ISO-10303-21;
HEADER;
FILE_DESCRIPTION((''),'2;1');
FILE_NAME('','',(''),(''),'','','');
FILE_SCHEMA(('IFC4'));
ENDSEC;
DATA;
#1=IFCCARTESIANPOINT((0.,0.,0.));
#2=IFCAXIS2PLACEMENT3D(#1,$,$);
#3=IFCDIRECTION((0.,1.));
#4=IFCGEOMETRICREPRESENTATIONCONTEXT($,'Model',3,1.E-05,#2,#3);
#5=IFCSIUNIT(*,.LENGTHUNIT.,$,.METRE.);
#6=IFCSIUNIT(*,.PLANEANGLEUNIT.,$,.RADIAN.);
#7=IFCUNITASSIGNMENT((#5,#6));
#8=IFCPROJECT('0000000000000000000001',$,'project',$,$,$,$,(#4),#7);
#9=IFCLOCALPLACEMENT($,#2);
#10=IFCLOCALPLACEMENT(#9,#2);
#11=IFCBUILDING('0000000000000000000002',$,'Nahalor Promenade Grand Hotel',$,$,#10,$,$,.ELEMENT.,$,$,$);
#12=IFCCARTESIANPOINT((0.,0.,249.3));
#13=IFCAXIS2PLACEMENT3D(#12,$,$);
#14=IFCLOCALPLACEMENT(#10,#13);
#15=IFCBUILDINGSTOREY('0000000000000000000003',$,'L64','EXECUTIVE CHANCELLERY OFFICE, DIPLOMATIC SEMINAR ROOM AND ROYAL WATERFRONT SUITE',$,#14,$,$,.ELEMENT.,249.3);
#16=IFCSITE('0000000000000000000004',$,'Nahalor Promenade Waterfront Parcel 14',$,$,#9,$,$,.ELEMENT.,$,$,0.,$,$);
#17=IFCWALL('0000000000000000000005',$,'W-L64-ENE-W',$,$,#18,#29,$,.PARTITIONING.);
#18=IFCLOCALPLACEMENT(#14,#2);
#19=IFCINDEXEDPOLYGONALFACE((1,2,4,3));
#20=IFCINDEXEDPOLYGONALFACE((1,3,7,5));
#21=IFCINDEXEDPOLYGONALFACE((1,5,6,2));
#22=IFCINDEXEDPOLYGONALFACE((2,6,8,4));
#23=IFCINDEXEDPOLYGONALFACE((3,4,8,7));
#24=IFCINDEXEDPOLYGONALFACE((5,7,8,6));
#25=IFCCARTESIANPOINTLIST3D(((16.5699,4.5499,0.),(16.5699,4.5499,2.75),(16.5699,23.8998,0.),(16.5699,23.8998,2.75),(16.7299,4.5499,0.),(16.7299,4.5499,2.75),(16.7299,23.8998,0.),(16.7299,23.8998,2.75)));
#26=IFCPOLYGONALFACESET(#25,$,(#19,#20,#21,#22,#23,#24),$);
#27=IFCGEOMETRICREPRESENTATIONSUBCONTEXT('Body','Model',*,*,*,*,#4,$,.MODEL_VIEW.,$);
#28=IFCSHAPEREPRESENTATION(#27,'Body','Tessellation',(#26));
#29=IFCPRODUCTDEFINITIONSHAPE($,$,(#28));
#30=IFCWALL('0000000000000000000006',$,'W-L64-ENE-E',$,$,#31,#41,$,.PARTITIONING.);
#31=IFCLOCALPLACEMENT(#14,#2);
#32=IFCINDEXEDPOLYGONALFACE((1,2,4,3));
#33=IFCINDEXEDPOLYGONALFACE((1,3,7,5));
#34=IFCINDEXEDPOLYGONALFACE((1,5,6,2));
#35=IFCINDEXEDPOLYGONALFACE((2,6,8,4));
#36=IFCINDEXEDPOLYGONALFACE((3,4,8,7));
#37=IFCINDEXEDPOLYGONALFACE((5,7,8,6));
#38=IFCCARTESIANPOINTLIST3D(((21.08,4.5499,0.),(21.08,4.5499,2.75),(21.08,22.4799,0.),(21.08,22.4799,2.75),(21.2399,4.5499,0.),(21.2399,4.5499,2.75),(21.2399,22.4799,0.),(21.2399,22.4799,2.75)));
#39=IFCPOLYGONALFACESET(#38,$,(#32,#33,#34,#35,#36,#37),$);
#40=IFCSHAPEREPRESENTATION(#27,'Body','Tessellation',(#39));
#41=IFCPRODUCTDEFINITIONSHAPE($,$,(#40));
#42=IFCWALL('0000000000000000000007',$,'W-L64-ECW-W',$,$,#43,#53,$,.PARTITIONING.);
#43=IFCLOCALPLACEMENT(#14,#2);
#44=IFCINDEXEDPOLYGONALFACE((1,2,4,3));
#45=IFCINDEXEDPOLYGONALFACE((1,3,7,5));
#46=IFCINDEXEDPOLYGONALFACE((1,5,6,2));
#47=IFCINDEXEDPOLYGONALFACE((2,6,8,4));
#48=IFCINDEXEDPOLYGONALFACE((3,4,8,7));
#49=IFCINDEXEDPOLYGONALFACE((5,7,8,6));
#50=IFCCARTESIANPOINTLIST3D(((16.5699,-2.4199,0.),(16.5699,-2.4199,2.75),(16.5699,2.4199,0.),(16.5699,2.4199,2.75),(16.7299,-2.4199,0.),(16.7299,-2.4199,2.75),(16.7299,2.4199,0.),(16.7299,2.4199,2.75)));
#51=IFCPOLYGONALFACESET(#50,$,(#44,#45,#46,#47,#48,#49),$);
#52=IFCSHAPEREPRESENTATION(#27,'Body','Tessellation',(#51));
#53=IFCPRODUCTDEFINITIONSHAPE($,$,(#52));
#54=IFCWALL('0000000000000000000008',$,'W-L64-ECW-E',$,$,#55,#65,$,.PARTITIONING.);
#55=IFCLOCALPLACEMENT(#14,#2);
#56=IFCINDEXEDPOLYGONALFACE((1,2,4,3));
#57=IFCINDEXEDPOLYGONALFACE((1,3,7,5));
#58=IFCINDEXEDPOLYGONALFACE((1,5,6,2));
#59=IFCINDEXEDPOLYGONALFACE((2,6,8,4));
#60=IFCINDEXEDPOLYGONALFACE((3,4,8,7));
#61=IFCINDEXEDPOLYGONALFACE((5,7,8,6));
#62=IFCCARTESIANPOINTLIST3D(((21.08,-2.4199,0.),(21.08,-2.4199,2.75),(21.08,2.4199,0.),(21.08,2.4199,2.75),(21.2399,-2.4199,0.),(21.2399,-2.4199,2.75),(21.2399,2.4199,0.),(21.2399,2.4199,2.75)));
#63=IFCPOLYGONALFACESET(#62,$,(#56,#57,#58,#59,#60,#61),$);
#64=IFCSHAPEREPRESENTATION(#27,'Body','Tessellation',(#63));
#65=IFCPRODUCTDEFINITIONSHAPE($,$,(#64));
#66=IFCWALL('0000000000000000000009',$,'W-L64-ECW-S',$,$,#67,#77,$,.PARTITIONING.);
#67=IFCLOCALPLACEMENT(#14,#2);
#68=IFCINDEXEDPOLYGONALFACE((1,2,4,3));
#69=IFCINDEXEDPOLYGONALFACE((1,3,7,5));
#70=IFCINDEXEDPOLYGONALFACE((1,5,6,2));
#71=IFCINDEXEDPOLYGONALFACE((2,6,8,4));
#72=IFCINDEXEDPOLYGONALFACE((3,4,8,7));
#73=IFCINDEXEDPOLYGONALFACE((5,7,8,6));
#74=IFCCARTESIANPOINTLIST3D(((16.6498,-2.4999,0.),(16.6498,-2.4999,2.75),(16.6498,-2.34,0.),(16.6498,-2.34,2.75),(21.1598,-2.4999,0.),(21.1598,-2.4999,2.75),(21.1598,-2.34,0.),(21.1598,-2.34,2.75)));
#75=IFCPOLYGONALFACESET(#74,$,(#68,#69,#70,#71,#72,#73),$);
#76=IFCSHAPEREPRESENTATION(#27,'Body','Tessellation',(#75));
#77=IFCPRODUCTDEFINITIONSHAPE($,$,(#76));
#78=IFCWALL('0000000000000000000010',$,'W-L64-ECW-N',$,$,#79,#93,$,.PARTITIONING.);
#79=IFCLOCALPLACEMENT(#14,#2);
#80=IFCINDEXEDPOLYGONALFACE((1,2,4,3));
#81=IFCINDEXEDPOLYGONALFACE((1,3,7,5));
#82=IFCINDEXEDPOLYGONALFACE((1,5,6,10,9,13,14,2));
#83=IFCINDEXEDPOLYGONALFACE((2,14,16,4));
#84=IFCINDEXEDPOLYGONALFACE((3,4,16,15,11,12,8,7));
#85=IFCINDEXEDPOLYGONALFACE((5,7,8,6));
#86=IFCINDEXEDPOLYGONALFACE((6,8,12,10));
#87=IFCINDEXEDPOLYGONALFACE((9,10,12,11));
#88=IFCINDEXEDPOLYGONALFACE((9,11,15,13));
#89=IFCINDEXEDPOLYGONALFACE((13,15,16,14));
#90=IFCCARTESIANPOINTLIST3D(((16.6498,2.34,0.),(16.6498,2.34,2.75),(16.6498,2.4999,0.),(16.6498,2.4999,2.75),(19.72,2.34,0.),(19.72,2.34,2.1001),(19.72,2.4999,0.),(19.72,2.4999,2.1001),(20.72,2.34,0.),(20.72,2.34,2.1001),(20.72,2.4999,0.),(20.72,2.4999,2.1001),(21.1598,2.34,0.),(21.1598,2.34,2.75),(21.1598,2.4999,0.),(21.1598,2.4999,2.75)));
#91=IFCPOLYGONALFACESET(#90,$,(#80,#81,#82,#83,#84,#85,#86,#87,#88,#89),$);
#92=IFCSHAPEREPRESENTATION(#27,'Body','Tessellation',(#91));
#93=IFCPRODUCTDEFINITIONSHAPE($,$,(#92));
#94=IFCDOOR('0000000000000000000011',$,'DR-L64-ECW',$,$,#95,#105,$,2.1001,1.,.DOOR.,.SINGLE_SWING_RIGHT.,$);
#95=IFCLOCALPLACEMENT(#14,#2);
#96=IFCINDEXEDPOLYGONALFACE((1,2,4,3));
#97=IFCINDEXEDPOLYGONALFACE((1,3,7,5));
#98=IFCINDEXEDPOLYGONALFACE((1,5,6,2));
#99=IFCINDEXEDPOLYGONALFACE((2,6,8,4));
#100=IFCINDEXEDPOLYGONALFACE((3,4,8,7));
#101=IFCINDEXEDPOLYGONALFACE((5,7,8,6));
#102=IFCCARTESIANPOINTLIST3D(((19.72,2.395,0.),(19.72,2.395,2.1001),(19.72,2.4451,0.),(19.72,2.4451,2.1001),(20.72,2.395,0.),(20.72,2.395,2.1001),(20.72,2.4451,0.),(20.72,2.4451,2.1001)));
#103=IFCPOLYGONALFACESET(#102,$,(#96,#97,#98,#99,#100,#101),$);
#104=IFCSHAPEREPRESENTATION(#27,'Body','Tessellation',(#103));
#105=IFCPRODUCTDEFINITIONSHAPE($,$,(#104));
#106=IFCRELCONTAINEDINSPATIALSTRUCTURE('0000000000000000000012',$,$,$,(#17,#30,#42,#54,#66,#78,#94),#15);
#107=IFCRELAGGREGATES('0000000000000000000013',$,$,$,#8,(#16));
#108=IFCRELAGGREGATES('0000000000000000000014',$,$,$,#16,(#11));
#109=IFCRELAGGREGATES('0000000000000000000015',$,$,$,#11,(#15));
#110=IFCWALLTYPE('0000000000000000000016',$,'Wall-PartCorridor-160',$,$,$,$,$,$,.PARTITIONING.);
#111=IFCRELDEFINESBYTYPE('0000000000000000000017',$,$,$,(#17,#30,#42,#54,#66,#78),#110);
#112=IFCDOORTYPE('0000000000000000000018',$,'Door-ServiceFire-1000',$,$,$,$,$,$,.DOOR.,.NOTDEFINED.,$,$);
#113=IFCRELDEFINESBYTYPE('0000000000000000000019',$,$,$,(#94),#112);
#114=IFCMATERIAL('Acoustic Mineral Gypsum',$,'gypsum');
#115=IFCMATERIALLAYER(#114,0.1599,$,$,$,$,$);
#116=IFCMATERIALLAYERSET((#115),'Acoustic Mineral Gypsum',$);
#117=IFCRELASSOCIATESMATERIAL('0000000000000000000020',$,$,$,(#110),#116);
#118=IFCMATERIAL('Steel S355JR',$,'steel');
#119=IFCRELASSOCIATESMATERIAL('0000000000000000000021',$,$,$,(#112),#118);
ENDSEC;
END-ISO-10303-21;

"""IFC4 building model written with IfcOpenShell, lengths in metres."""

from ifc_helpers import new_model, si_unit, direction, frame, frame_2d, origin, place, context, subcontext, project, spatial, rectangle, extrude, source, transform, mapped, material, layer, layer_set, type_object, element, fill, save


model = new_model("IFC4")

# Units and contexts
model_context = context("Model", 3, precision=1e-05, world=origin(), true_north=direction((0.0, 1.0)))
body_context = subcontext(model_context, "Body", "Model", "MODEL_VIEW")
ifc_project = project(units=[si_unit("LENGTHUNIT", "METRE"), si_unit("PLANEANGLEUNIT", "RADIAN")], contexts=[model_context])

# Site, building, storey
site_placement = place(None, origin())
site = spatial("IfcSite", under=ifc_project, at=site_placement, Name="Nahalor Promenade Waterfront Parcel 14", CompositionType="ELEMENT", RefElevation=0.0)
building_placement = place(site_placement, origin())
building = spatial("IfcBuilding", under=site, at=building_placement, Name="Nahalor Promenade Grand Hotel", CompositionType="ELEMENT")
storey_placement = place(building_placement, frame((0.0, 0.0, 249.3)))
storey = spatial("IfcBuildingStorey", under=building, at=storey_placement, Name="L64", Description="EXECUTIVE CHANCELLERY OFFICE, DIPLOMATIC SEMINAR ROOM AND ROYAL WATERFRONT SUITE", CompositionType="ELEMENT", Elevation=249.3)

# Shared definitions
ifc_material_1 = material(Name="Steel S355JR", Category="steel")

# Walls
ifc_material_2 = material(Name="Acoustic Mineral Gypsum", Category="gypsum")
ifc_layer_1 = layer(ifc_material_2, 0.1599)
ifc_layer_set_1 = layer_set([ifc_layer_1], Name="Acoustic Mineral Gypsum")
wall_type = type_object("IfcWallType", Name="Wall-PartCorridor-160", PredefinedType="PARTITIONING", material=ifc_layer_set_1)
shared_shape_1 = source(origin(), body_context, "Body", "SweptSolid", [
    extrude(rectangle(XDim=19.3499, YDim=0.1599, at=frame_2d((9.6748, 0.0))), origin(), (0.0, 0.0, 1.0), 2.75),
])
wall_1_placement = place(storey_placement, frame((16.6499, 4.55, 0.0), z_axis=(0.0, 0.0, 1.0), x_axis=(0.0, 1.0, 0.0)))
element("IfcWall", 1, at=wall_1_placement, inside=storey, type_object=wall_type, Name="W-L64-ENE-W", PredefinedType="PARTITIONING", context=body_context, shape_type="MappedRepresentation", body=[
    mapped(shared_shape_1, transform((0.0, 0.0, 0.0), scale=1.0)),
])
shared_shape_2 = source(origin(), body_context, "Body", "SweptSolid", [
    extrude(rectangle(XDim=17.9299, YDim=0.1599, at=frame_2d((8.9648, 0.0))), origin(), (0.0, 0.0, 1.0), 2.75),
])
wall_2_placement = place(storey_placement, frame((21.1599, 4.55, 0.0), z_axis=(0.0, 0.0, 1.0), x_axis=(0.0, 1.0, 0.0)))
element("IfcWall", 2, at=wall_2_placement, inside=storey, type_object=wall_type, Name="W-L64-ENE-E", PredefinedType="PARTITIONING", context=body_context, shape_type="MappedRepresentation", body=[
    mapped(shared_shape_2, transform((0.0, 0.0, 0.0), scale=1.0)),
])
shared_shape_3 = source(origin(), body_context, "Body", "SweptSolid", [
    extrude(rectangle(XDim=4.8398, YDim=0.1599, at=frame_2d((2.4199, 0.0))), origin(), (0.0, 0.0, 1.0), 2.75),
])
for number, where, z_axis, x_axis, name in (
    (3, (16.6499, -2.4199, 0.0), (0.0, 0.0, 1.0), (0.0, 1.0, 0.0), "W-L64-ECW-W"),
    (4, (21.1599, -2.4199, 0.0), (0.0, 0.0, 1.0), (0.0, 1.0, 0.0), "W-L64-ECW-E"),
):
    element("IfcWall", number, at=place(storey_placement, frame(where, z_axis=z_axis, x_axis=x_axis)), inside=storey, type_object=wall_type, Name=name, PredefinedType="PARTITIONING", context=body_context, shape_type="MappedRepresentation", body=[
        mapped(shared_shape_3, transform((0.0, 0.0, 0.0), scale=1.0)),
    ])

# Shared definitions
shared_shape_4 = source(origin(), body_context, "Body", "SweptSolid", [
    extrude(rectangle(XDim=4.51, YDim=0.1599, at=frame_2d((2.2549, 0.0))), origin(), (0.0, 0.0, 1.0), 2.75),
])

# Wall
wall_3_placement = place(storey_placement, frame((16.6499, -2.4199, 0.0), z_axis=(0.0, 0.0, 1.0), x_axis=(1.0, 0.0, 0.0)))
element("IfcWall", 5, at=wall_3_placement, inside=storey, type_object=wall_type, Name="W-L64-ECW-S", PredefinedType="PARTITIONING", context=body_context, shape_type="MappedRepresentation", body=[
    mapped(shared_shape_4, transform((0.0, 0.0, 0.0), scale=1.0)),
])

# Wall, opening, door
wall_4_placement = place(storey_placement, frame((16.6499, 2.4199, 0.0), z_axis=(0.0, 0.0, 1.0), x_axis=(1.0, 0.0, 0.0)))
wall_4 = element("IfcWall", 6, at=wall_4_placement, inside=storey, type_object=wall_type, Name="W-L64-ECW-N", PredefinedType="PARTITIONING", context=body_context, shape_type="MappedRepresentation", body=[
    mapped(shared_shape_4, transform((0.0, 0.0, 0.0), scale=1.0)),
])
opening_1_placement = place(wall_4_placement, frame((3.0701, 0.0, 0.0)))
opening_1 = element("IfcOpeningElement", 7, at=opening_1_placement, cuts=wall_4, PredefinedType="OPENING", context=body_context, shape_type="SweptSolid", body=[
    extrude(rectangle(XDim=1.0, YDim=2.1001, at=frame_2d((0.5, 1.05))), frame((0.0, 0.0898, 0.0), z_axis=(0.0, -1.0, 0.0), x_axis=(1.0, 0.0, 0.0)), (0.0, 0.0, 1.0), 0.1799),
])
door_type_1 = type_object("IfcDoorType", Name="Door-ServiceFire-1000", OperationType="NOTDEFINED", PredefinedType="DOOR", material=ifc_material_1)
shared_shape_5 = source(origin(), body_context, "Body", "SweptSolid", [
    extrude(rectangle(XDim=1.0, YDim=2.1001, at=frame_2d((0.5, 1.05))), frame((0.0, 0.0249, 0.0), z_axis=(0.0, -1.0, 0.0), x_axis=(1.0, 0.0, 0.0)), (0.0, 0.0, 1.0), 0.05),
])
door_1_placement = place(opening_1_placement, frame((1.0, 0.0, 0.0), z_axis=(0.0, 0.0, 1.0), x_axis=(-1.0, 0.0, 0.0)))
door_1 = element("IfcDoor", 8, at=door_1_placement, inside=storey, type_object=door_type_1, Name="DR-L64-ECW", OperationType="SINGLE_SWING_RIGHT", OverallHeight=2.1001, OverallWidth=1.0, PredefinedType="DOOR", context=body_context, shape_type="MappedRepresentation", body=[
    mapped(shared_shape_5, transform((0.0, 0.0, 0.0), scale=1.0)),
])
fill(opening_1, door_1)

save(model, "model.ifc")
